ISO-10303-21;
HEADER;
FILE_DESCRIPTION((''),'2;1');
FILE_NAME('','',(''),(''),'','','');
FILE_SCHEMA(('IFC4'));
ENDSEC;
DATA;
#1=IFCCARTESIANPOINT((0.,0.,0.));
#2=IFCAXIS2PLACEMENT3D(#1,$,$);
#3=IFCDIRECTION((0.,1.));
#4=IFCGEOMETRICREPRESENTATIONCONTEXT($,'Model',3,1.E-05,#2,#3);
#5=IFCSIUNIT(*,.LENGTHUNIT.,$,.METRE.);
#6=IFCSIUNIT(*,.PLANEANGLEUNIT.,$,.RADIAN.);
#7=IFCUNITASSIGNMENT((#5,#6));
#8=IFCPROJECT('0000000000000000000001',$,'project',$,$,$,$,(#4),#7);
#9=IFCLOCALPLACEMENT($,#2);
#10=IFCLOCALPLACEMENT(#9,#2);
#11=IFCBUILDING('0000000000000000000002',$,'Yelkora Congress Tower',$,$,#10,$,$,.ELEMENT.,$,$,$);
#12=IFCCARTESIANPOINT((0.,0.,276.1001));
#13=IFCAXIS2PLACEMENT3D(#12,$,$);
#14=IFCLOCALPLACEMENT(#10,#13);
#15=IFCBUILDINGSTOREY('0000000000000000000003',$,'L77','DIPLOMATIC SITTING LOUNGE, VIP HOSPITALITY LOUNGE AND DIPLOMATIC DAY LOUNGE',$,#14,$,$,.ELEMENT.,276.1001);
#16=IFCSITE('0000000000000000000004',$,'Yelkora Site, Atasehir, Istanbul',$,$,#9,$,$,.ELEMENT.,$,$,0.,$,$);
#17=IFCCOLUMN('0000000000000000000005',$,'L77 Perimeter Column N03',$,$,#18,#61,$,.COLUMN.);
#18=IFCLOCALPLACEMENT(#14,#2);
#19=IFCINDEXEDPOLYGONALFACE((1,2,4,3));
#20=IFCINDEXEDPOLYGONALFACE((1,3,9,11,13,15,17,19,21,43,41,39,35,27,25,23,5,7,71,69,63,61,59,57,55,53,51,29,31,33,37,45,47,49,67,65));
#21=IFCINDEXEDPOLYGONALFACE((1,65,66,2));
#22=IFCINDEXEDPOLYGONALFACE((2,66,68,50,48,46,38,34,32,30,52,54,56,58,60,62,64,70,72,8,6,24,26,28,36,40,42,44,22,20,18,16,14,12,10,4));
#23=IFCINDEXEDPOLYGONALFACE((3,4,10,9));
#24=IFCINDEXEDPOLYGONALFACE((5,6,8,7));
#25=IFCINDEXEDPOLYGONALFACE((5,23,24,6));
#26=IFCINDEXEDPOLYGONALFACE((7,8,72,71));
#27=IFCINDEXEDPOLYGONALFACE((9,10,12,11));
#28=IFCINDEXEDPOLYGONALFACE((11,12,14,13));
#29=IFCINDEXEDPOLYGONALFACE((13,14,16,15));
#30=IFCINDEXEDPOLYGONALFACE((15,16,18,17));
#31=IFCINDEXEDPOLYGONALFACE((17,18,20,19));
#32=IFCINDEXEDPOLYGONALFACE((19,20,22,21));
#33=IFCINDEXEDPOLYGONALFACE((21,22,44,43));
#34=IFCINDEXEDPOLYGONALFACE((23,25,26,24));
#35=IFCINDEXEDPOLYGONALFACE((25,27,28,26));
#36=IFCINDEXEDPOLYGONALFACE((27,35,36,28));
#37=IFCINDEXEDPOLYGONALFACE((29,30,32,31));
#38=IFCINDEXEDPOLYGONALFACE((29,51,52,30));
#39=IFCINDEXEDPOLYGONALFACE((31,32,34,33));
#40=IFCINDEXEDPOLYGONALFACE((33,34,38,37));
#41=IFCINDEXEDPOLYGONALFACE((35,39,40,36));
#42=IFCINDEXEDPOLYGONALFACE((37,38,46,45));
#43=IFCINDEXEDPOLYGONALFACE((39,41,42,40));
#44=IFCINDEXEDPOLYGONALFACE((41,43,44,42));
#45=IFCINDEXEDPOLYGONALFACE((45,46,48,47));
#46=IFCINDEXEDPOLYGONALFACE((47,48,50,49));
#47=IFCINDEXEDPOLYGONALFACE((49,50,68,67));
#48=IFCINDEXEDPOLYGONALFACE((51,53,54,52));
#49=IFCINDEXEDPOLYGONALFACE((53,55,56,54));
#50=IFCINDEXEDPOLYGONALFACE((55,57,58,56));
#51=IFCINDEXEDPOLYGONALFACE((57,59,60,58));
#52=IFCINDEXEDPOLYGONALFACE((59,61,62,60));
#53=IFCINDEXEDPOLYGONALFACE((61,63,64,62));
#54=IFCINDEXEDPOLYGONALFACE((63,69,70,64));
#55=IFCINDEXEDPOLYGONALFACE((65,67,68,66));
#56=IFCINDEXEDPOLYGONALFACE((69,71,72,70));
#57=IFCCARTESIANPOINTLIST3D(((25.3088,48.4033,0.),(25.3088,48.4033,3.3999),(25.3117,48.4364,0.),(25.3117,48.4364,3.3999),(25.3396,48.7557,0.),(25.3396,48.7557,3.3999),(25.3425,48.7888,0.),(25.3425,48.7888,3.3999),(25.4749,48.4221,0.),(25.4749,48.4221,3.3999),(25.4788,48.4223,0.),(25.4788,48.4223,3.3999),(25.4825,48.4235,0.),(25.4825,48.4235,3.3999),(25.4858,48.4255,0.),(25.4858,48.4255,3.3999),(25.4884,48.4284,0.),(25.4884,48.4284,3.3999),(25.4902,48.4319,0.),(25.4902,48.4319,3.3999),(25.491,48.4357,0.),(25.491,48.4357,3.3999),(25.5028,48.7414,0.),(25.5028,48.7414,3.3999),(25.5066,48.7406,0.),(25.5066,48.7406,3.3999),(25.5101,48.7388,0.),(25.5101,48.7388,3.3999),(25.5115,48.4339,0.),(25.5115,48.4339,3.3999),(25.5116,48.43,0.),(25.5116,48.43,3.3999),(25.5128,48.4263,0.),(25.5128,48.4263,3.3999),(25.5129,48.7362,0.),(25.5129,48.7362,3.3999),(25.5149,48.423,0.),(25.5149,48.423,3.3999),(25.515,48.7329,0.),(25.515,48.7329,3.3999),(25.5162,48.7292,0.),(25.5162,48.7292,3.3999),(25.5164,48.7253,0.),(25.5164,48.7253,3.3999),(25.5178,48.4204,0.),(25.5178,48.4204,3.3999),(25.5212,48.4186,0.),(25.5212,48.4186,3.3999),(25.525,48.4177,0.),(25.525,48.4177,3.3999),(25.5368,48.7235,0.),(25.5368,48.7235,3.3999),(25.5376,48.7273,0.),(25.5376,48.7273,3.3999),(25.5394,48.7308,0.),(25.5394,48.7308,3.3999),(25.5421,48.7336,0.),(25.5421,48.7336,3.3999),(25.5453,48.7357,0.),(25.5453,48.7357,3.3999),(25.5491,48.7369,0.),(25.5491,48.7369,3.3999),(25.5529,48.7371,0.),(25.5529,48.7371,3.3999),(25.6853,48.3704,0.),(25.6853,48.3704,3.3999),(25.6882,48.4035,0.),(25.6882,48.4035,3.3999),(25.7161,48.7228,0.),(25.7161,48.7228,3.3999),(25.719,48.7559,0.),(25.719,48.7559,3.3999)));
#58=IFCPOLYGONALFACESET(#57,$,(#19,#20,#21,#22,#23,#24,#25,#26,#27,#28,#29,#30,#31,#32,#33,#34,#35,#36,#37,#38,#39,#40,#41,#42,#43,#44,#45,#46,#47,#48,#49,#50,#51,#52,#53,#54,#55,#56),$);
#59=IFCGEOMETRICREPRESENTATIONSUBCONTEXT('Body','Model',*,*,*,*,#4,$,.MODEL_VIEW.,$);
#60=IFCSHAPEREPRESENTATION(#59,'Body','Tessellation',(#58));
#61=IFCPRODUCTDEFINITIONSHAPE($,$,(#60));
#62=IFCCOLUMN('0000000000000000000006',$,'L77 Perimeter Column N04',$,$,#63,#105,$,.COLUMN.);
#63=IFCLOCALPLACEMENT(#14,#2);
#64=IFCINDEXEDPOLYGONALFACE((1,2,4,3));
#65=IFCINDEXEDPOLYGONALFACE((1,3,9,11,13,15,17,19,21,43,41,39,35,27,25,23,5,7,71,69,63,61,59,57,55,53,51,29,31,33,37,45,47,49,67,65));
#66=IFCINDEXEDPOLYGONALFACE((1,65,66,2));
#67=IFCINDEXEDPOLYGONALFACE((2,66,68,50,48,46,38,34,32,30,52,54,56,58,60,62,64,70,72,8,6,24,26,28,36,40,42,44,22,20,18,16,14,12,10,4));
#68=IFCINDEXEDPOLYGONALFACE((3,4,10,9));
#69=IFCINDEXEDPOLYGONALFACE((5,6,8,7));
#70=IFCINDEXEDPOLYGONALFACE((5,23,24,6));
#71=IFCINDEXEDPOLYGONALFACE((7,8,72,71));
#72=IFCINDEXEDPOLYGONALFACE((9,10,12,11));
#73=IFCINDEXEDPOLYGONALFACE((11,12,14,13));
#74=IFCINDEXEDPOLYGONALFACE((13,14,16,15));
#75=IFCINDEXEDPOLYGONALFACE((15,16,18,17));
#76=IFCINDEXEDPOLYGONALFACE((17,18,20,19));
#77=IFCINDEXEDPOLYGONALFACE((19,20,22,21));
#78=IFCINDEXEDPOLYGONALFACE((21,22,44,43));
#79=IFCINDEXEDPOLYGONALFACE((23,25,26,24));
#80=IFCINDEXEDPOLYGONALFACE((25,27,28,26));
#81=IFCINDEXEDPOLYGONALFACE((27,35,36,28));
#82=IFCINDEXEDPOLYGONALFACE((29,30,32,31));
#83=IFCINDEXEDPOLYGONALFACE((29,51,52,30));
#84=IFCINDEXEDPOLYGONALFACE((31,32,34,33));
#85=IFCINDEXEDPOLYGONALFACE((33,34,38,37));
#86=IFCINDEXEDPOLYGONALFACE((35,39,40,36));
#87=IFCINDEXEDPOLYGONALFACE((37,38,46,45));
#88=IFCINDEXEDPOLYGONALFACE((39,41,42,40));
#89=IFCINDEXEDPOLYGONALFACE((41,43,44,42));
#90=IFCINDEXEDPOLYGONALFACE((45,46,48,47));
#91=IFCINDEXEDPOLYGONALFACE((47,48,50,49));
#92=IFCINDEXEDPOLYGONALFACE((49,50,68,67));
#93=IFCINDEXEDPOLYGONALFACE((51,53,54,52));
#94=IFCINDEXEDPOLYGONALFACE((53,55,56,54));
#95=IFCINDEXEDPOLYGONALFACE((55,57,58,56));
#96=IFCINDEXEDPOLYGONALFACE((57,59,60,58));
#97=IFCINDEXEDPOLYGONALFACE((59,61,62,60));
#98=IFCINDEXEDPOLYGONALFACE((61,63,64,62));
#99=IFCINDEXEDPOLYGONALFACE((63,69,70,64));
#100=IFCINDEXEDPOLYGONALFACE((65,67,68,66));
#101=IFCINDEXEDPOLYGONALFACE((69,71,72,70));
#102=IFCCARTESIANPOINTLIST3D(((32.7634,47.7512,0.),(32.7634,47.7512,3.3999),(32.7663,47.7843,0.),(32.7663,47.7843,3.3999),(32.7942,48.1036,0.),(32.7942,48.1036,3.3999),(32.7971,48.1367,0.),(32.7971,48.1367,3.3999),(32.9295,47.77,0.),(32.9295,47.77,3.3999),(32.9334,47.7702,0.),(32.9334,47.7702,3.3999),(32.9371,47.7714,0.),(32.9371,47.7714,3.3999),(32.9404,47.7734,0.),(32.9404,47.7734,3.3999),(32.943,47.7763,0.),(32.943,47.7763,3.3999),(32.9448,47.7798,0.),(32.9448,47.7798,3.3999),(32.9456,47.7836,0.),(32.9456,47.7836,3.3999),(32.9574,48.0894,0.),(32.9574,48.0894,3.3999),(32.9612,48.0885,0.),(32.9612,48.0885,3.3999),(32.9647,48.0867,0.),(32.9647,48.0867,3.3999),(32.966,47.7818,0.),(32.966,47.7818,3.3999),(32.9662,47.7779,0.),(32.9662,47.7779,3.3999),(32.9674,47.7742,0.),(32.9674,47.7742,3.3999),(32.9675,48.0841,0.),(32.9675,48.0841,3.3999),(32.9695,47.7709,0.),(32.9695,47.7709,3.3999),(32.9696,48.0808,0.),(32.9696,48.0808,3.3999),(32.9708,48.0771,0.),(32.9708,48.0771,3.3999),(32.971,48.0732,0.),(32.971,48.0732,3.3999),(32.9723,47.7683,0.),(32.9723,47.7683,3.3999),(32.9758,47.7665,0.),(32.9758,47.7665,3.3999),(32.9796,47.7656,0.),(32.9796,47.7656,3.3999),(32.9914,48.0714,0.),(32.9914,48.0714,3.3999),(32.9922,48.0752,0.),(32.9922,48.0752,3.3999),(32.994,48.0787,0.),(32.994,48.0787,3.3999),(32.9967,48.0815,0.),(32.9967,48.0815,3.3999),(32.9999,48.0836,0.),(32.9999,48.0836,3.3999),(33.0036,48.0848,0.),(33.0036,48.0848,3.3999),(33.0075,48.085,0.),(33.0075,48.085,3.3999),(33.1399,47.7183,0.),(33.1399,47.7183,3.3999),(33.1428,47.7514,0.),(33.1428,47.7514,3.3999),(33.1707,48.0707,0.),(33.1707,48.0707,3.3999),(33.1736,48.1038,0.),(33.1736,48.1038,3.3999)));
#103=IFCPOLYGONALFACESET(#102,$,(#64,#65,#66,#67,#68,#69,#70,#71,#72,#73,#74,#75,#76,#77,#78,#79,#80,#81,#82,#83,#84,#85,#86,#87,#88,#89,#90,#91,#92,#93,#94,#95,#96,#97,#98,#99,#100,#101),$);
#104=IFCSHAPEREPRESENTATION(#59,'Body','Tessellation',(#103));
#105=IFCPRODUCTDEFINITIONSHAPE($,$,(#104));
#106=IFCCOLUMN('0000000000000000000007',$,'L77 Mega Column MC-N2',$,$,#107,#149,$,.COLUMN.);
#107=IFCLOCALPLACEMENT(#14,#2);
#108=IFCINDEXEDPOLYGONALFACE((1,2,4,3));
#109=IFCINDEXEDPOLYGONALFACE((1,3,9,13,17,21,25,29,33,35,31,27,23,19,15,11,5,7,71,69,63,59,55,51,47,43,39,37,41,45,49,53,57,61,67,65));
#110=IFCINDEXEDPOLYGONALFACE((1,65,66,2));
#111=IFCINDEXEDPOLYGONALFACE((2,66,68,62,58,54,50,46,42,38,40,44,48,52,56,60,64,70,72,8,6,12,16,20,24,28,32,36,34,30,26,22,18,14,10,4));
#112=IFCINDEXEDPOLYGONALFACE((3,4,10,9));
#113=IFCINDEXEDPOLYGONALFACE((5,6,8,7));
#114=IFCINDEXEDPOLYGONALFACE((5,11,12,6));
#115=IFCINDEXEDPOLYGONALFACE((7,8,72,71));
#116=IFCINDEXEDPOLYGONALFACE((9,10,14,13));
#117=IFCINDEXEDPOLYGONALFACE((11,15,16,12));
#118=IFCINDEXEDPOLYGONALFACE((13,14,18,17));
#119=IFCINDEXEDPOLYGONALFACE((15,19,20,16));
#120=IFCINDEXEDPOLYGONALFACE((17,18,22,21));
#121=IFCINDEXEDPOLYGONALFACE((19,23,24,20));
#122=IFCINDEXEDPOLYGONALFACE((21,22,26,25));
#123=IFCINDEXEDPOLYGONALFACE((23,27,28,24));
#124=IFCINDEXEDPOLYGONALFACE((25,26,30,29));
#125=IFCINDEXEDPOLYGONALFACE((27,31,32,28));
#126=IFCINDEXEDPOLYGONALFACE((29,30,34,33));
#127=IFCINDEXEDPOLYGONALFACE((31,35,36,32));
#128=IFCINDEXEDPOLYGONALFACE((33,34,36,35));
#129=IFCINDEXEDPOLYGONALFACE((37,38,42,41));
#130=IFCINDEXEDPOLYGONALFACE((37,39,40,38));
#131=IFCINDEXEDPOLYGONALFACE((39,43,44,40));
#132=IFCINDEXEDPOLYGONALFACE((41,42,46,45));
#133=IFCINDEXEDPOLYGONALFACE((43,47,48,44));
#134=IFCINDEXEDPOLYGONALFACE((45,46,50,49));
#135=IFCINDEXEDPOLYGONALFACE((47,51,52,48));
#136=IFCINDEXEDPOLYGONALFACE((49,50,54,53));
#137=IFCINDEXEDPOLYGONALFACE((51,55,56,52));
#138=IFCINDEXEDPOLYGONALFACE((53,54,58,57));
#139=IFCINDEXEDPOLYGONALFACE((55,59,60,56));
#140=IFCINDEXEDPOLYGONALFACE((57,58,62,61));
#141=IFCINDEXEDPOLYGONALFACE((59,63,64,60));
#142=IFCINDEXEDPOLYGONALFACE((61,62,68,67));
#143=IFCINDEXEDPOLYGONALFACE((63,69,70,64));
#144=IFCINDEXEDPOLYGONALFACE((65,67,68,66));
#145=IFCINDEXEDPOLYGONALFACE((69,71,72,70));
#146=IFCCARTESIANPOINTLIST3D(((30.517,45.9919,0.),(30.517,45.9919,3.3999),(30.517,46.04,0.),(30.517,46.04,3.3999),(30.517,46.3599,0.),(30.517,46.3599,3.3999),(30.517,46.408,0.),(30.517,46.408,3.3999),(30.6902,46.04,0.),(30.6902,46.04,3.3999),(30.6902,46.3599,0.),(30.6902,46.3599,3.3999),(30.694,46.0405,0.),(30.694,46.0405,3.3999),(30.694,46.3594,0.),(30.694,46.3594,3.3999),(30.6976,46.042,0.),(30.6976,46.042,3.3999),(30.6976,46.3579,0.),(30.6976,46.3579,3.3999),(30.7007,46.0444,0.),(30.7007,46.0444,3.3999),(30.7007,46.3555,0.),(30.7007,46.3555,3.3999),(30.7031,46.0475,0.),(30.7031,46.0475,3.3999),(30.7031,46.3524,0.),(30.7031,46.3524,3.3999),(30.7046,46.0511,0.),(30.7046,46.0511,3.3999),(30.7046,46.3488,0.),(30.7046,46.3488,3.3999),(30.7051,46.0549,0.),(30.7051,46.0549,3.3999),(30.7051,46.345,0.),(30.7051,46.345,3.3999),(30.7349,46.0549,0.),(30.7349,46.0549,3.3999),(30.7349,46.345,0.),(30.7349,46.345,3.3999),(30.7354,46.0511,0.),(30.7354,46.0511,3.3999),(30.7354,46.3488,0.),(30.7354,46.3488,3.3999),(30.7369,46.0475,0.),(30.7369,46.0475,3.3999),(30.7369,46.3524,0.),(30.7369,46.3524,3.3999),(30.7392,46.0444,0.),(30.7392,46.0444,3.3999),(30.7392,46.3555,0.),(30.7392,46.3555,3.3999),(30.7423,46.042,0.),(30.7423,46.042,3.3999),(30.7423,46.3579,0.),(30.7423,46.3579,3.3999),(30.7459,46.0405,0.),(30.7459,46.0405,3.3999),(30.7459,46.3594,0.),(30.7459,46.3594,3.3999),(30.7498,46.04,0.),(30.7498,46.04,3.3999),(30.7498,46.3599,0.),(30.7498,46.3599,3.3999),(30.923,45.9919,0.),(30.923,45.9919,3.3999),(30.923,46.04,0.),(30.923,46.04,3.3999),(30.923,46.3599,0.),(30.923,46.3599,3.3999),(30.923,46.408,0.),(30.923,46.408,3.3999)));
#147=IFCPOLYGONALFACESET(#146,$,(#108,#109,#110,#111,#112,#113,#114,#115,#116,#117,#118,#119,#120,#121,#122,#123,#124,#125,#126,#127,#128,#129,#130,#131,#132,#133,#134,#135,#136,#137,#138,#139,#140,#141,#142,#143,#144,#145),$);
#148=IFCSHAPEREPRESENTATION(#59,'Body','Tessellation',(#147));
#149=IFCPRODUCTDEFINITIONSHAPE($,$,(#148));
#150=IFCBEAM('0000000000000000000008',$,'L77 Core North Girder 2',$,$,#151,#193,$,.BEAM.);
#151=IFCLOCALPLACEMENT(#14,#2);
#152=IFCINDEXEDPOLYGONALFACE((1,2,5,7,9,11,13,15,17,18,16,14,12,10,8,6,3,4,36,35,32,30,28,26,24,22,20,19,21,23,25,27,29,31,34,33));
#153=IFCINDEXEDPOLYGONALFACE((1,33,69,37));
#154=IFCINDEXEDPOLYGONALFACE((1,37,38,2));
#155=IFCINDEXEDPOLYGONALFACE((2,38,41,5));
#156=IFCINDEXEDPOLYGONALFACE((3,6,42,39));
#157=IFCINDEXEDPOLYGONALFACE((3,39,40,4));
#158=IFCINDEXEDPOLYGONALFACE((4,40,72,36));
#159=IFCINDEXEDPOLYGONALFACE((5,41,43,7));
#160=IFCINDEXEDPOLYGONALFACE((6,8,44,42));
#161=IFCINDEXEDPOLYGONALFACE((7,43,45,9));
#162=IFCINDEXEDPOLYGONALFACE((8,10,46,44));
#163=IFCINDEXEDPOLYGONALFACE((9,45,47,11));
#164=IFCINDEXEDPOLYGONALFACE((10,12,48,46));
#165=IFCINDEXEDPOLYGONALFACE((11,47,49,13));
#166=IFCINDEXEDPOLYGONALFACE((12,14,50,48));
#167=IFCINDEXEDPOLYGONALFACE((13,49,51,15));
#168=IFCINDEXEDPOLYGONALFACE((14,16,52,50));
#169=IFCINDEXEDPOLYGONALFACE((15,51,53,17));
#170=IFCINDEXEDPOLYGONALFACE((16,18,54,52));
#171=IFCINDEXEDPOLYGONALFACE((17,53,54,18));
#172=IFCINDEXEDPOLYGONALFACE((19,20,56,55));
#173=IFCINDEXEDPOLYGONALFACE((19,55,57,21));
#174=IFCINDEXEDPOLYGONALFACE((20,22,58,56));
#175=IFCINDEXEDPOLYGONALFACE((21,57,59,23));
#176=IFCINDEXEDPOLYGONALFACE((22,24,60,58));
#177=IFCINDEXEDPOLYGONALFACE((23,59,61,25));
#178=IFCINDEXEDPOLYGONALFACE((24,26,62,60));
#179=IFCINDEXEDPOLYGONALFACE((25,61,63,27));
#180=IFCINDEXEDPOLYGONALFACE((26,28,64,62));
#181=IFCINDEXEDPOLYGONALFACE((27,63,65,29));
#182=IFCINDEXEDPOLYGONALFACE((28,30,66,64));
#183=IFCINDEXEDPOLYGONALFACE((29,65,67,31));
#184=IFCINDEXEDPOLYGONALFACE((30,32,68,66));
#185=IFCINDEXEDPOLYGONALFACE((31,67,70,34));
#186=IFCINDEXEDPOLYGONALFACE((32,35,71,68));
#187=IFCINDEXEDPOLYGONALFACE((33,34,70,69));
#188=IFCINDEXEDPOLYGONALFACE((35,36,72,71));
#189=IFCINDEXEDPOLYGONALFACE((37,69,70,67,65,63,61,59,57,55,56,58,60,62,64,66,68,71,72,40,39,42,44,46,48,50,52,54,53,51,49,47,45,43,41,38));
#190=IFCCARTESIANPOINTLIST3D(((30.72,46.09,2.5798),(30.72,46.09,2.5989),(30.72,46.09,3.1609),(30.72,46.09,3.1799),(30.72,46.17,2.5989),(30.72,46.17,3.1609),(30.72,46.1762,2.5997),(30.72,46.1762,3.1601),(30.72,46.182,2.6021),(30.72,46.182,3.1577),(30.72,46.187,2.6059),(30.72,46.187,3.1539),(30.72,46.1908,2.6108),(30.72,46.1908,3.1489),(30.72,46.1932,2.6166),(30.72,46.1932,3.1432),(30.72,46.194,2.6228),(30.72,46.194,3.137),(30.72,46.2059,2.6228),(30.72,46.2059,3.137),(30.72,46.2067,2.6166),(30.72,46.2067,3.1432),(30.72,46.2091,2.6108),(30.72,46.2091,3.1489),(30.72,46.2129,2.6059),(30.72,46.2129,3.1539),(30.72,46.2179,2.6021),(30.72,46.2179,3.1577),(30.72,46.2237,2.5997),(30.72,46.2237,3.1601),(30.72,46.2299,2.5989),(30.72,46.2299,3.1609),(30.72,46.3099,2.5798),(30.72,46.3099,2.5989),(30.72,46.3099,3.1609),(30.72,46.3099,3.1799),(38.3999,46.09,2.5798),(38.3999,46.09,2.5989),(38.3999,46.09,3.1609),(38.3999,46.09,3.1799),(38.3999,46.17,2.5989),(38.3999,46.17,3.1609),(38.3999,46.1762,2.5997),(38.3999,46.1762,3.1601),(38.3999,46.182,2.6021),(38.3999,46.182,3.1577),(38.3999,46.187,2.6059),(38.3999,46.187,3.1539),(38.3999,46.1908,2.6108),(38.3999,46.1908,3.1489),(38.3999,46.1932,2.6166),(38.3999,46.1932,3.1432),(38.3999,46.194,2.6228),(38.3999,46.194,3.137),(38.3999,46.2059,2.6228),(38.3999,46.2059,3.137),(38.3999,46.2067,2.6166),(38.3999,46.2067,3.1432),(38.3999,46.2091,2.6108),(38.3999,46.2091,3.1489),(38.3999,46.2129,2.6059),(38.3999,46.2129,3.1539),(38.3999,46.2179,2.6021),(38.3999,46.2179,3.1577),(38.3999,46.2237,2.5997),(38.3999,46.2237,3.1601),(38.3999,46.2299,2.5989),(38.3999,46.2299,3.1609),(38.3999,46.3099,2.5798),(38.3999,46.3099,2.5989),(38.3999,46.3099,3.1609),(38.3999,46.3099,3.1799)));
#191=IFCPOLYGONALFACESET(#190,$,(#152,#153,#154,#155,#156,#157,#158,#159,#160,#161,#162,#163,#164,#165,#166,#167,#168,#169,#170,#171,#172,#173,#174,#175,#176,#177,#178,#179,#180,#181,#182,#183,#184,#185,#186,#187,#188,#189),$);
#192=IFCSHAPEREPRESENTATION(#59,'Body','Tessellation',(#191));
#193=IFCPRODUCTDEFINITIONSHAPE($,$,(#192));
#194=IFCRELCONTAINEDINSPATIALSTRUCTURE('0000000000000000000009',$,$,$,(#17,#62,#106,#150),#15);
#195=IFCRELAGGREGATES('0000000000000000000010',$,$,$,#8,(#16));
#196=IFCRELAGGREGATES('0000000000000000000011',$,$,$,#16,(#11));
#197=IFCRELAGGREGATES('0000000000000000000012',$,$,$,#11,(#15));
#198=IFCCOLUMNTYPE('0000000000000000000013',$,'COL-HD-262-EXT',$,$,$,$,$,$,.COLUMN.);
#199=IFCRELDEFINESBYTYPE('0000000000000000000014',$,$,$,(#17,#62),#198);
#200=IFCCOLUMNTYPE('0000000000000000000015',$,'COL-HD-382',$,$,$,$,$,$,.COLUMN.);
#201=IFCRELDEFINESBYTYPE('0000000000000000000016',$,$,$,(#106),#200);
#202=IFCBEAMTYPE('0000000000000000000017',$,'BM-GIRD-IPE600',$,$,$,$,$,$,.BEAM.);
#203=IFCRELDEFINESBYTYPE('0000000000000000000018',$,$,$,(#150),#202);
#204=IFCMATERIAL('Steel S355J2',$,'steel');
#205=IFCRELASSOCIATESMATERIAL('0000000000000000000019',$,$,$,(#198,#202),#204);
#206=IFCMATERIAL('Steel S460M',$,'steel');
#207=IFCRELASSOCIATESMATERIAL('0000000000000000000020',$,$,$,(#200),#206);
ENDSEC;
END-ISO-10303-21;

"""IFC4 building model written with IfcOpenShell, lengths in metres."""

from ifc_helpers import new_model, si_unit, direction, frame, origin, origin_2d, place, context, subcontext, project, spatial, i_section, extrude, material, material_profile, profile_set, type_object, element, save


model = new_model("IFC4")

# Units and contexts
model_context = context("Model", 3, precision=1e-05, world=origin(), true_north=direction((0.0, 1.0)))
body_context = subcontext(model_context, "Body", "Model", "MODEL_VIEW")
ifc_project = project(units=[si_unit("LENGTHUNIT", "METRE"), si_unit("PLANEANGLEUNIT", "RADIAN")], contexts=[model_context])

# Site, building, storey
site_placement = place(None, origin())
site = spatial("IfcSite", under=ifc_project, at=site_placement, Name="Yelkora Site, Atasehir, Istanbul", CompositionType="ELEMENT", RefElevation=0.0)
building_placement = place(site_placement, origin())
building = spatial("IfcBuilding", under=site, at=building_placement, Name="Yelkora Congress Tower", CompositionType="ELEMENT")
storey_placement = place(building_placement, frame((0.0, 0.0, 276.1001)))
storey = spatial("IfcBuildingStorey", under=building, at=storey_placement, Name="L77", Description="DIPLOMATIC SITTING LOUNGE, VIP HOSPITALITY LOUNGE AND DIPLOMATIC DAY LOUNGE", CompositionType="ELEMENT", Elevation=276.1001)

# Columns
ifc_material_1 = material(Name="Steel S355J2", Category="steel")
ifc_material_profile_1 = material_profile(ifc_material_1, i_section(OverallWidth=0.3779, OverallDepth=0.387, WebThickness=0.0205, FlangeThickness=0.0332, FilletRadius=0.0149, at=origin_2d()), Name="HD 360x262")
ifc_profile_set_1 = profile_set([ifc_material_profile_1], Name="Steel S355J2")
column_type_1 = type_object("IfcColumnType", Name="COL-HD-262-EXT", PredefinedType="COLUMN", material=ifc_profile_set_1)
for number, where, z_axis, x_axis, name in (
    (1, (25.5139, 48.5796, 0.0), (0.0, 0.0, 1.0), (0.996195, -0.087156, 0.0), "L77 Perimeter Column N03"),
    (2, (32.9685, 47.9275, 0.0), (0.0, 0.0, 1.0), (0.996195, -0.087156, 0.0), "L77 Perimeter Column N04"),
):
    element("IfcColumn", number, at=place(storey_placement, frame(where, z_axis=z_axis, x_axis=x_axis)), inside=storey, type_object=column_type_1, Name=name, PredefinedType="COLUMN", context=body_context, shape_type="SweptSolid", body=[
        extrude(i_section(OverallWidth=0.3779, OverallDepth=0.387, WebThickness=0.0205, FlangeThickness=0.0332, FilletRadius=0.0149, at=origin_2d()), origin(), (0.0, 0.0, 1.0), 3.3999),
    ])
ifc_material_2 = material(Name="Steel S460M", Category="steel")
ifc_material_profile_2 = material_profile(ifc_material_2, i_section(OverallWidth=0.406, OverallDepth=0.416, WebThickness=0.0298, FlangeThickness=0.0481, FilletRadius=0.0149, at=origin_2d()), Name="HD 400x382")
ifc_profile_set_2 = profile_set([ifc_material_profile_2], Name="Steel S460M")
column_type_2 = type_object("IfcColumnType", Name="COL-HD-382", PredefinedType="COLUMN", material=ifc_profile_set_2)
column_placement = place(storey_placement, frame((30.72, 46.2, 0.0), z_axis=(0.0, 0.0, 1.0), x_axis=(1.0, 0.0, 0.0)))
element("IfcColumn", 3, at=column_placement, inside=storey, type_object=column_type_2, Name="L77 Mega Column MC-N2", PredefinedType="COLUMN", context=body_context, shape_type="SweptSolid", body=[
    extrude(i_section(OverallWidth=0.406, OverallDepth=0.416, WebThickness=0.0298, FlangeThickness=0.0481, FilletRadius=0.0149, at=origin_2d()), origin(), (0.0, 0.0, 1.0), 3.3999),
])

# Beam
ifc_material_profile_3 = material_profile(ifc_material_1, i_section(OverallWidth=0.22, OverallDepth=0.6001, WebThickness=0.012, FlangeThickness=0.019, FilletRadius=0.0239, at=origin_2d()), Name="IPE 600")
ifc_profile_set_3 = profile_set([ifc_material_profile_3], Name="Steel S355J2")
beam_type_1 = type_object("IfcBeamType", Name="BM-GIRD-IPE600", PredefinedType="BEAM", material=ifc_profile_set_3)
beam_1_placement = place(storey_placement, frame((30.72, 46.2, 2.8799), z_axis=(1.0, 0.0, 0.0), x_axis=(0.0, 1.0, 0.0)))
element("IfcBeam", 4, at=beam_1_placement, inside=storey, type_object=beam_type_1, Name="L77 Core North Girder 2", PredefinedType="BEAM", context=body_context, shape_type="SweptSolid", body=[
    extrude(i_section(OverallWidth=0.22, OverallDepth=0.6001, WebThickness=0.012, FlangeThickness=0.019, FilletRadius=0.0239, at=origin_2d()), origin(), (0.0, 0.0, 1.0), 7.6799),
])

save(model, "model.ifc")
